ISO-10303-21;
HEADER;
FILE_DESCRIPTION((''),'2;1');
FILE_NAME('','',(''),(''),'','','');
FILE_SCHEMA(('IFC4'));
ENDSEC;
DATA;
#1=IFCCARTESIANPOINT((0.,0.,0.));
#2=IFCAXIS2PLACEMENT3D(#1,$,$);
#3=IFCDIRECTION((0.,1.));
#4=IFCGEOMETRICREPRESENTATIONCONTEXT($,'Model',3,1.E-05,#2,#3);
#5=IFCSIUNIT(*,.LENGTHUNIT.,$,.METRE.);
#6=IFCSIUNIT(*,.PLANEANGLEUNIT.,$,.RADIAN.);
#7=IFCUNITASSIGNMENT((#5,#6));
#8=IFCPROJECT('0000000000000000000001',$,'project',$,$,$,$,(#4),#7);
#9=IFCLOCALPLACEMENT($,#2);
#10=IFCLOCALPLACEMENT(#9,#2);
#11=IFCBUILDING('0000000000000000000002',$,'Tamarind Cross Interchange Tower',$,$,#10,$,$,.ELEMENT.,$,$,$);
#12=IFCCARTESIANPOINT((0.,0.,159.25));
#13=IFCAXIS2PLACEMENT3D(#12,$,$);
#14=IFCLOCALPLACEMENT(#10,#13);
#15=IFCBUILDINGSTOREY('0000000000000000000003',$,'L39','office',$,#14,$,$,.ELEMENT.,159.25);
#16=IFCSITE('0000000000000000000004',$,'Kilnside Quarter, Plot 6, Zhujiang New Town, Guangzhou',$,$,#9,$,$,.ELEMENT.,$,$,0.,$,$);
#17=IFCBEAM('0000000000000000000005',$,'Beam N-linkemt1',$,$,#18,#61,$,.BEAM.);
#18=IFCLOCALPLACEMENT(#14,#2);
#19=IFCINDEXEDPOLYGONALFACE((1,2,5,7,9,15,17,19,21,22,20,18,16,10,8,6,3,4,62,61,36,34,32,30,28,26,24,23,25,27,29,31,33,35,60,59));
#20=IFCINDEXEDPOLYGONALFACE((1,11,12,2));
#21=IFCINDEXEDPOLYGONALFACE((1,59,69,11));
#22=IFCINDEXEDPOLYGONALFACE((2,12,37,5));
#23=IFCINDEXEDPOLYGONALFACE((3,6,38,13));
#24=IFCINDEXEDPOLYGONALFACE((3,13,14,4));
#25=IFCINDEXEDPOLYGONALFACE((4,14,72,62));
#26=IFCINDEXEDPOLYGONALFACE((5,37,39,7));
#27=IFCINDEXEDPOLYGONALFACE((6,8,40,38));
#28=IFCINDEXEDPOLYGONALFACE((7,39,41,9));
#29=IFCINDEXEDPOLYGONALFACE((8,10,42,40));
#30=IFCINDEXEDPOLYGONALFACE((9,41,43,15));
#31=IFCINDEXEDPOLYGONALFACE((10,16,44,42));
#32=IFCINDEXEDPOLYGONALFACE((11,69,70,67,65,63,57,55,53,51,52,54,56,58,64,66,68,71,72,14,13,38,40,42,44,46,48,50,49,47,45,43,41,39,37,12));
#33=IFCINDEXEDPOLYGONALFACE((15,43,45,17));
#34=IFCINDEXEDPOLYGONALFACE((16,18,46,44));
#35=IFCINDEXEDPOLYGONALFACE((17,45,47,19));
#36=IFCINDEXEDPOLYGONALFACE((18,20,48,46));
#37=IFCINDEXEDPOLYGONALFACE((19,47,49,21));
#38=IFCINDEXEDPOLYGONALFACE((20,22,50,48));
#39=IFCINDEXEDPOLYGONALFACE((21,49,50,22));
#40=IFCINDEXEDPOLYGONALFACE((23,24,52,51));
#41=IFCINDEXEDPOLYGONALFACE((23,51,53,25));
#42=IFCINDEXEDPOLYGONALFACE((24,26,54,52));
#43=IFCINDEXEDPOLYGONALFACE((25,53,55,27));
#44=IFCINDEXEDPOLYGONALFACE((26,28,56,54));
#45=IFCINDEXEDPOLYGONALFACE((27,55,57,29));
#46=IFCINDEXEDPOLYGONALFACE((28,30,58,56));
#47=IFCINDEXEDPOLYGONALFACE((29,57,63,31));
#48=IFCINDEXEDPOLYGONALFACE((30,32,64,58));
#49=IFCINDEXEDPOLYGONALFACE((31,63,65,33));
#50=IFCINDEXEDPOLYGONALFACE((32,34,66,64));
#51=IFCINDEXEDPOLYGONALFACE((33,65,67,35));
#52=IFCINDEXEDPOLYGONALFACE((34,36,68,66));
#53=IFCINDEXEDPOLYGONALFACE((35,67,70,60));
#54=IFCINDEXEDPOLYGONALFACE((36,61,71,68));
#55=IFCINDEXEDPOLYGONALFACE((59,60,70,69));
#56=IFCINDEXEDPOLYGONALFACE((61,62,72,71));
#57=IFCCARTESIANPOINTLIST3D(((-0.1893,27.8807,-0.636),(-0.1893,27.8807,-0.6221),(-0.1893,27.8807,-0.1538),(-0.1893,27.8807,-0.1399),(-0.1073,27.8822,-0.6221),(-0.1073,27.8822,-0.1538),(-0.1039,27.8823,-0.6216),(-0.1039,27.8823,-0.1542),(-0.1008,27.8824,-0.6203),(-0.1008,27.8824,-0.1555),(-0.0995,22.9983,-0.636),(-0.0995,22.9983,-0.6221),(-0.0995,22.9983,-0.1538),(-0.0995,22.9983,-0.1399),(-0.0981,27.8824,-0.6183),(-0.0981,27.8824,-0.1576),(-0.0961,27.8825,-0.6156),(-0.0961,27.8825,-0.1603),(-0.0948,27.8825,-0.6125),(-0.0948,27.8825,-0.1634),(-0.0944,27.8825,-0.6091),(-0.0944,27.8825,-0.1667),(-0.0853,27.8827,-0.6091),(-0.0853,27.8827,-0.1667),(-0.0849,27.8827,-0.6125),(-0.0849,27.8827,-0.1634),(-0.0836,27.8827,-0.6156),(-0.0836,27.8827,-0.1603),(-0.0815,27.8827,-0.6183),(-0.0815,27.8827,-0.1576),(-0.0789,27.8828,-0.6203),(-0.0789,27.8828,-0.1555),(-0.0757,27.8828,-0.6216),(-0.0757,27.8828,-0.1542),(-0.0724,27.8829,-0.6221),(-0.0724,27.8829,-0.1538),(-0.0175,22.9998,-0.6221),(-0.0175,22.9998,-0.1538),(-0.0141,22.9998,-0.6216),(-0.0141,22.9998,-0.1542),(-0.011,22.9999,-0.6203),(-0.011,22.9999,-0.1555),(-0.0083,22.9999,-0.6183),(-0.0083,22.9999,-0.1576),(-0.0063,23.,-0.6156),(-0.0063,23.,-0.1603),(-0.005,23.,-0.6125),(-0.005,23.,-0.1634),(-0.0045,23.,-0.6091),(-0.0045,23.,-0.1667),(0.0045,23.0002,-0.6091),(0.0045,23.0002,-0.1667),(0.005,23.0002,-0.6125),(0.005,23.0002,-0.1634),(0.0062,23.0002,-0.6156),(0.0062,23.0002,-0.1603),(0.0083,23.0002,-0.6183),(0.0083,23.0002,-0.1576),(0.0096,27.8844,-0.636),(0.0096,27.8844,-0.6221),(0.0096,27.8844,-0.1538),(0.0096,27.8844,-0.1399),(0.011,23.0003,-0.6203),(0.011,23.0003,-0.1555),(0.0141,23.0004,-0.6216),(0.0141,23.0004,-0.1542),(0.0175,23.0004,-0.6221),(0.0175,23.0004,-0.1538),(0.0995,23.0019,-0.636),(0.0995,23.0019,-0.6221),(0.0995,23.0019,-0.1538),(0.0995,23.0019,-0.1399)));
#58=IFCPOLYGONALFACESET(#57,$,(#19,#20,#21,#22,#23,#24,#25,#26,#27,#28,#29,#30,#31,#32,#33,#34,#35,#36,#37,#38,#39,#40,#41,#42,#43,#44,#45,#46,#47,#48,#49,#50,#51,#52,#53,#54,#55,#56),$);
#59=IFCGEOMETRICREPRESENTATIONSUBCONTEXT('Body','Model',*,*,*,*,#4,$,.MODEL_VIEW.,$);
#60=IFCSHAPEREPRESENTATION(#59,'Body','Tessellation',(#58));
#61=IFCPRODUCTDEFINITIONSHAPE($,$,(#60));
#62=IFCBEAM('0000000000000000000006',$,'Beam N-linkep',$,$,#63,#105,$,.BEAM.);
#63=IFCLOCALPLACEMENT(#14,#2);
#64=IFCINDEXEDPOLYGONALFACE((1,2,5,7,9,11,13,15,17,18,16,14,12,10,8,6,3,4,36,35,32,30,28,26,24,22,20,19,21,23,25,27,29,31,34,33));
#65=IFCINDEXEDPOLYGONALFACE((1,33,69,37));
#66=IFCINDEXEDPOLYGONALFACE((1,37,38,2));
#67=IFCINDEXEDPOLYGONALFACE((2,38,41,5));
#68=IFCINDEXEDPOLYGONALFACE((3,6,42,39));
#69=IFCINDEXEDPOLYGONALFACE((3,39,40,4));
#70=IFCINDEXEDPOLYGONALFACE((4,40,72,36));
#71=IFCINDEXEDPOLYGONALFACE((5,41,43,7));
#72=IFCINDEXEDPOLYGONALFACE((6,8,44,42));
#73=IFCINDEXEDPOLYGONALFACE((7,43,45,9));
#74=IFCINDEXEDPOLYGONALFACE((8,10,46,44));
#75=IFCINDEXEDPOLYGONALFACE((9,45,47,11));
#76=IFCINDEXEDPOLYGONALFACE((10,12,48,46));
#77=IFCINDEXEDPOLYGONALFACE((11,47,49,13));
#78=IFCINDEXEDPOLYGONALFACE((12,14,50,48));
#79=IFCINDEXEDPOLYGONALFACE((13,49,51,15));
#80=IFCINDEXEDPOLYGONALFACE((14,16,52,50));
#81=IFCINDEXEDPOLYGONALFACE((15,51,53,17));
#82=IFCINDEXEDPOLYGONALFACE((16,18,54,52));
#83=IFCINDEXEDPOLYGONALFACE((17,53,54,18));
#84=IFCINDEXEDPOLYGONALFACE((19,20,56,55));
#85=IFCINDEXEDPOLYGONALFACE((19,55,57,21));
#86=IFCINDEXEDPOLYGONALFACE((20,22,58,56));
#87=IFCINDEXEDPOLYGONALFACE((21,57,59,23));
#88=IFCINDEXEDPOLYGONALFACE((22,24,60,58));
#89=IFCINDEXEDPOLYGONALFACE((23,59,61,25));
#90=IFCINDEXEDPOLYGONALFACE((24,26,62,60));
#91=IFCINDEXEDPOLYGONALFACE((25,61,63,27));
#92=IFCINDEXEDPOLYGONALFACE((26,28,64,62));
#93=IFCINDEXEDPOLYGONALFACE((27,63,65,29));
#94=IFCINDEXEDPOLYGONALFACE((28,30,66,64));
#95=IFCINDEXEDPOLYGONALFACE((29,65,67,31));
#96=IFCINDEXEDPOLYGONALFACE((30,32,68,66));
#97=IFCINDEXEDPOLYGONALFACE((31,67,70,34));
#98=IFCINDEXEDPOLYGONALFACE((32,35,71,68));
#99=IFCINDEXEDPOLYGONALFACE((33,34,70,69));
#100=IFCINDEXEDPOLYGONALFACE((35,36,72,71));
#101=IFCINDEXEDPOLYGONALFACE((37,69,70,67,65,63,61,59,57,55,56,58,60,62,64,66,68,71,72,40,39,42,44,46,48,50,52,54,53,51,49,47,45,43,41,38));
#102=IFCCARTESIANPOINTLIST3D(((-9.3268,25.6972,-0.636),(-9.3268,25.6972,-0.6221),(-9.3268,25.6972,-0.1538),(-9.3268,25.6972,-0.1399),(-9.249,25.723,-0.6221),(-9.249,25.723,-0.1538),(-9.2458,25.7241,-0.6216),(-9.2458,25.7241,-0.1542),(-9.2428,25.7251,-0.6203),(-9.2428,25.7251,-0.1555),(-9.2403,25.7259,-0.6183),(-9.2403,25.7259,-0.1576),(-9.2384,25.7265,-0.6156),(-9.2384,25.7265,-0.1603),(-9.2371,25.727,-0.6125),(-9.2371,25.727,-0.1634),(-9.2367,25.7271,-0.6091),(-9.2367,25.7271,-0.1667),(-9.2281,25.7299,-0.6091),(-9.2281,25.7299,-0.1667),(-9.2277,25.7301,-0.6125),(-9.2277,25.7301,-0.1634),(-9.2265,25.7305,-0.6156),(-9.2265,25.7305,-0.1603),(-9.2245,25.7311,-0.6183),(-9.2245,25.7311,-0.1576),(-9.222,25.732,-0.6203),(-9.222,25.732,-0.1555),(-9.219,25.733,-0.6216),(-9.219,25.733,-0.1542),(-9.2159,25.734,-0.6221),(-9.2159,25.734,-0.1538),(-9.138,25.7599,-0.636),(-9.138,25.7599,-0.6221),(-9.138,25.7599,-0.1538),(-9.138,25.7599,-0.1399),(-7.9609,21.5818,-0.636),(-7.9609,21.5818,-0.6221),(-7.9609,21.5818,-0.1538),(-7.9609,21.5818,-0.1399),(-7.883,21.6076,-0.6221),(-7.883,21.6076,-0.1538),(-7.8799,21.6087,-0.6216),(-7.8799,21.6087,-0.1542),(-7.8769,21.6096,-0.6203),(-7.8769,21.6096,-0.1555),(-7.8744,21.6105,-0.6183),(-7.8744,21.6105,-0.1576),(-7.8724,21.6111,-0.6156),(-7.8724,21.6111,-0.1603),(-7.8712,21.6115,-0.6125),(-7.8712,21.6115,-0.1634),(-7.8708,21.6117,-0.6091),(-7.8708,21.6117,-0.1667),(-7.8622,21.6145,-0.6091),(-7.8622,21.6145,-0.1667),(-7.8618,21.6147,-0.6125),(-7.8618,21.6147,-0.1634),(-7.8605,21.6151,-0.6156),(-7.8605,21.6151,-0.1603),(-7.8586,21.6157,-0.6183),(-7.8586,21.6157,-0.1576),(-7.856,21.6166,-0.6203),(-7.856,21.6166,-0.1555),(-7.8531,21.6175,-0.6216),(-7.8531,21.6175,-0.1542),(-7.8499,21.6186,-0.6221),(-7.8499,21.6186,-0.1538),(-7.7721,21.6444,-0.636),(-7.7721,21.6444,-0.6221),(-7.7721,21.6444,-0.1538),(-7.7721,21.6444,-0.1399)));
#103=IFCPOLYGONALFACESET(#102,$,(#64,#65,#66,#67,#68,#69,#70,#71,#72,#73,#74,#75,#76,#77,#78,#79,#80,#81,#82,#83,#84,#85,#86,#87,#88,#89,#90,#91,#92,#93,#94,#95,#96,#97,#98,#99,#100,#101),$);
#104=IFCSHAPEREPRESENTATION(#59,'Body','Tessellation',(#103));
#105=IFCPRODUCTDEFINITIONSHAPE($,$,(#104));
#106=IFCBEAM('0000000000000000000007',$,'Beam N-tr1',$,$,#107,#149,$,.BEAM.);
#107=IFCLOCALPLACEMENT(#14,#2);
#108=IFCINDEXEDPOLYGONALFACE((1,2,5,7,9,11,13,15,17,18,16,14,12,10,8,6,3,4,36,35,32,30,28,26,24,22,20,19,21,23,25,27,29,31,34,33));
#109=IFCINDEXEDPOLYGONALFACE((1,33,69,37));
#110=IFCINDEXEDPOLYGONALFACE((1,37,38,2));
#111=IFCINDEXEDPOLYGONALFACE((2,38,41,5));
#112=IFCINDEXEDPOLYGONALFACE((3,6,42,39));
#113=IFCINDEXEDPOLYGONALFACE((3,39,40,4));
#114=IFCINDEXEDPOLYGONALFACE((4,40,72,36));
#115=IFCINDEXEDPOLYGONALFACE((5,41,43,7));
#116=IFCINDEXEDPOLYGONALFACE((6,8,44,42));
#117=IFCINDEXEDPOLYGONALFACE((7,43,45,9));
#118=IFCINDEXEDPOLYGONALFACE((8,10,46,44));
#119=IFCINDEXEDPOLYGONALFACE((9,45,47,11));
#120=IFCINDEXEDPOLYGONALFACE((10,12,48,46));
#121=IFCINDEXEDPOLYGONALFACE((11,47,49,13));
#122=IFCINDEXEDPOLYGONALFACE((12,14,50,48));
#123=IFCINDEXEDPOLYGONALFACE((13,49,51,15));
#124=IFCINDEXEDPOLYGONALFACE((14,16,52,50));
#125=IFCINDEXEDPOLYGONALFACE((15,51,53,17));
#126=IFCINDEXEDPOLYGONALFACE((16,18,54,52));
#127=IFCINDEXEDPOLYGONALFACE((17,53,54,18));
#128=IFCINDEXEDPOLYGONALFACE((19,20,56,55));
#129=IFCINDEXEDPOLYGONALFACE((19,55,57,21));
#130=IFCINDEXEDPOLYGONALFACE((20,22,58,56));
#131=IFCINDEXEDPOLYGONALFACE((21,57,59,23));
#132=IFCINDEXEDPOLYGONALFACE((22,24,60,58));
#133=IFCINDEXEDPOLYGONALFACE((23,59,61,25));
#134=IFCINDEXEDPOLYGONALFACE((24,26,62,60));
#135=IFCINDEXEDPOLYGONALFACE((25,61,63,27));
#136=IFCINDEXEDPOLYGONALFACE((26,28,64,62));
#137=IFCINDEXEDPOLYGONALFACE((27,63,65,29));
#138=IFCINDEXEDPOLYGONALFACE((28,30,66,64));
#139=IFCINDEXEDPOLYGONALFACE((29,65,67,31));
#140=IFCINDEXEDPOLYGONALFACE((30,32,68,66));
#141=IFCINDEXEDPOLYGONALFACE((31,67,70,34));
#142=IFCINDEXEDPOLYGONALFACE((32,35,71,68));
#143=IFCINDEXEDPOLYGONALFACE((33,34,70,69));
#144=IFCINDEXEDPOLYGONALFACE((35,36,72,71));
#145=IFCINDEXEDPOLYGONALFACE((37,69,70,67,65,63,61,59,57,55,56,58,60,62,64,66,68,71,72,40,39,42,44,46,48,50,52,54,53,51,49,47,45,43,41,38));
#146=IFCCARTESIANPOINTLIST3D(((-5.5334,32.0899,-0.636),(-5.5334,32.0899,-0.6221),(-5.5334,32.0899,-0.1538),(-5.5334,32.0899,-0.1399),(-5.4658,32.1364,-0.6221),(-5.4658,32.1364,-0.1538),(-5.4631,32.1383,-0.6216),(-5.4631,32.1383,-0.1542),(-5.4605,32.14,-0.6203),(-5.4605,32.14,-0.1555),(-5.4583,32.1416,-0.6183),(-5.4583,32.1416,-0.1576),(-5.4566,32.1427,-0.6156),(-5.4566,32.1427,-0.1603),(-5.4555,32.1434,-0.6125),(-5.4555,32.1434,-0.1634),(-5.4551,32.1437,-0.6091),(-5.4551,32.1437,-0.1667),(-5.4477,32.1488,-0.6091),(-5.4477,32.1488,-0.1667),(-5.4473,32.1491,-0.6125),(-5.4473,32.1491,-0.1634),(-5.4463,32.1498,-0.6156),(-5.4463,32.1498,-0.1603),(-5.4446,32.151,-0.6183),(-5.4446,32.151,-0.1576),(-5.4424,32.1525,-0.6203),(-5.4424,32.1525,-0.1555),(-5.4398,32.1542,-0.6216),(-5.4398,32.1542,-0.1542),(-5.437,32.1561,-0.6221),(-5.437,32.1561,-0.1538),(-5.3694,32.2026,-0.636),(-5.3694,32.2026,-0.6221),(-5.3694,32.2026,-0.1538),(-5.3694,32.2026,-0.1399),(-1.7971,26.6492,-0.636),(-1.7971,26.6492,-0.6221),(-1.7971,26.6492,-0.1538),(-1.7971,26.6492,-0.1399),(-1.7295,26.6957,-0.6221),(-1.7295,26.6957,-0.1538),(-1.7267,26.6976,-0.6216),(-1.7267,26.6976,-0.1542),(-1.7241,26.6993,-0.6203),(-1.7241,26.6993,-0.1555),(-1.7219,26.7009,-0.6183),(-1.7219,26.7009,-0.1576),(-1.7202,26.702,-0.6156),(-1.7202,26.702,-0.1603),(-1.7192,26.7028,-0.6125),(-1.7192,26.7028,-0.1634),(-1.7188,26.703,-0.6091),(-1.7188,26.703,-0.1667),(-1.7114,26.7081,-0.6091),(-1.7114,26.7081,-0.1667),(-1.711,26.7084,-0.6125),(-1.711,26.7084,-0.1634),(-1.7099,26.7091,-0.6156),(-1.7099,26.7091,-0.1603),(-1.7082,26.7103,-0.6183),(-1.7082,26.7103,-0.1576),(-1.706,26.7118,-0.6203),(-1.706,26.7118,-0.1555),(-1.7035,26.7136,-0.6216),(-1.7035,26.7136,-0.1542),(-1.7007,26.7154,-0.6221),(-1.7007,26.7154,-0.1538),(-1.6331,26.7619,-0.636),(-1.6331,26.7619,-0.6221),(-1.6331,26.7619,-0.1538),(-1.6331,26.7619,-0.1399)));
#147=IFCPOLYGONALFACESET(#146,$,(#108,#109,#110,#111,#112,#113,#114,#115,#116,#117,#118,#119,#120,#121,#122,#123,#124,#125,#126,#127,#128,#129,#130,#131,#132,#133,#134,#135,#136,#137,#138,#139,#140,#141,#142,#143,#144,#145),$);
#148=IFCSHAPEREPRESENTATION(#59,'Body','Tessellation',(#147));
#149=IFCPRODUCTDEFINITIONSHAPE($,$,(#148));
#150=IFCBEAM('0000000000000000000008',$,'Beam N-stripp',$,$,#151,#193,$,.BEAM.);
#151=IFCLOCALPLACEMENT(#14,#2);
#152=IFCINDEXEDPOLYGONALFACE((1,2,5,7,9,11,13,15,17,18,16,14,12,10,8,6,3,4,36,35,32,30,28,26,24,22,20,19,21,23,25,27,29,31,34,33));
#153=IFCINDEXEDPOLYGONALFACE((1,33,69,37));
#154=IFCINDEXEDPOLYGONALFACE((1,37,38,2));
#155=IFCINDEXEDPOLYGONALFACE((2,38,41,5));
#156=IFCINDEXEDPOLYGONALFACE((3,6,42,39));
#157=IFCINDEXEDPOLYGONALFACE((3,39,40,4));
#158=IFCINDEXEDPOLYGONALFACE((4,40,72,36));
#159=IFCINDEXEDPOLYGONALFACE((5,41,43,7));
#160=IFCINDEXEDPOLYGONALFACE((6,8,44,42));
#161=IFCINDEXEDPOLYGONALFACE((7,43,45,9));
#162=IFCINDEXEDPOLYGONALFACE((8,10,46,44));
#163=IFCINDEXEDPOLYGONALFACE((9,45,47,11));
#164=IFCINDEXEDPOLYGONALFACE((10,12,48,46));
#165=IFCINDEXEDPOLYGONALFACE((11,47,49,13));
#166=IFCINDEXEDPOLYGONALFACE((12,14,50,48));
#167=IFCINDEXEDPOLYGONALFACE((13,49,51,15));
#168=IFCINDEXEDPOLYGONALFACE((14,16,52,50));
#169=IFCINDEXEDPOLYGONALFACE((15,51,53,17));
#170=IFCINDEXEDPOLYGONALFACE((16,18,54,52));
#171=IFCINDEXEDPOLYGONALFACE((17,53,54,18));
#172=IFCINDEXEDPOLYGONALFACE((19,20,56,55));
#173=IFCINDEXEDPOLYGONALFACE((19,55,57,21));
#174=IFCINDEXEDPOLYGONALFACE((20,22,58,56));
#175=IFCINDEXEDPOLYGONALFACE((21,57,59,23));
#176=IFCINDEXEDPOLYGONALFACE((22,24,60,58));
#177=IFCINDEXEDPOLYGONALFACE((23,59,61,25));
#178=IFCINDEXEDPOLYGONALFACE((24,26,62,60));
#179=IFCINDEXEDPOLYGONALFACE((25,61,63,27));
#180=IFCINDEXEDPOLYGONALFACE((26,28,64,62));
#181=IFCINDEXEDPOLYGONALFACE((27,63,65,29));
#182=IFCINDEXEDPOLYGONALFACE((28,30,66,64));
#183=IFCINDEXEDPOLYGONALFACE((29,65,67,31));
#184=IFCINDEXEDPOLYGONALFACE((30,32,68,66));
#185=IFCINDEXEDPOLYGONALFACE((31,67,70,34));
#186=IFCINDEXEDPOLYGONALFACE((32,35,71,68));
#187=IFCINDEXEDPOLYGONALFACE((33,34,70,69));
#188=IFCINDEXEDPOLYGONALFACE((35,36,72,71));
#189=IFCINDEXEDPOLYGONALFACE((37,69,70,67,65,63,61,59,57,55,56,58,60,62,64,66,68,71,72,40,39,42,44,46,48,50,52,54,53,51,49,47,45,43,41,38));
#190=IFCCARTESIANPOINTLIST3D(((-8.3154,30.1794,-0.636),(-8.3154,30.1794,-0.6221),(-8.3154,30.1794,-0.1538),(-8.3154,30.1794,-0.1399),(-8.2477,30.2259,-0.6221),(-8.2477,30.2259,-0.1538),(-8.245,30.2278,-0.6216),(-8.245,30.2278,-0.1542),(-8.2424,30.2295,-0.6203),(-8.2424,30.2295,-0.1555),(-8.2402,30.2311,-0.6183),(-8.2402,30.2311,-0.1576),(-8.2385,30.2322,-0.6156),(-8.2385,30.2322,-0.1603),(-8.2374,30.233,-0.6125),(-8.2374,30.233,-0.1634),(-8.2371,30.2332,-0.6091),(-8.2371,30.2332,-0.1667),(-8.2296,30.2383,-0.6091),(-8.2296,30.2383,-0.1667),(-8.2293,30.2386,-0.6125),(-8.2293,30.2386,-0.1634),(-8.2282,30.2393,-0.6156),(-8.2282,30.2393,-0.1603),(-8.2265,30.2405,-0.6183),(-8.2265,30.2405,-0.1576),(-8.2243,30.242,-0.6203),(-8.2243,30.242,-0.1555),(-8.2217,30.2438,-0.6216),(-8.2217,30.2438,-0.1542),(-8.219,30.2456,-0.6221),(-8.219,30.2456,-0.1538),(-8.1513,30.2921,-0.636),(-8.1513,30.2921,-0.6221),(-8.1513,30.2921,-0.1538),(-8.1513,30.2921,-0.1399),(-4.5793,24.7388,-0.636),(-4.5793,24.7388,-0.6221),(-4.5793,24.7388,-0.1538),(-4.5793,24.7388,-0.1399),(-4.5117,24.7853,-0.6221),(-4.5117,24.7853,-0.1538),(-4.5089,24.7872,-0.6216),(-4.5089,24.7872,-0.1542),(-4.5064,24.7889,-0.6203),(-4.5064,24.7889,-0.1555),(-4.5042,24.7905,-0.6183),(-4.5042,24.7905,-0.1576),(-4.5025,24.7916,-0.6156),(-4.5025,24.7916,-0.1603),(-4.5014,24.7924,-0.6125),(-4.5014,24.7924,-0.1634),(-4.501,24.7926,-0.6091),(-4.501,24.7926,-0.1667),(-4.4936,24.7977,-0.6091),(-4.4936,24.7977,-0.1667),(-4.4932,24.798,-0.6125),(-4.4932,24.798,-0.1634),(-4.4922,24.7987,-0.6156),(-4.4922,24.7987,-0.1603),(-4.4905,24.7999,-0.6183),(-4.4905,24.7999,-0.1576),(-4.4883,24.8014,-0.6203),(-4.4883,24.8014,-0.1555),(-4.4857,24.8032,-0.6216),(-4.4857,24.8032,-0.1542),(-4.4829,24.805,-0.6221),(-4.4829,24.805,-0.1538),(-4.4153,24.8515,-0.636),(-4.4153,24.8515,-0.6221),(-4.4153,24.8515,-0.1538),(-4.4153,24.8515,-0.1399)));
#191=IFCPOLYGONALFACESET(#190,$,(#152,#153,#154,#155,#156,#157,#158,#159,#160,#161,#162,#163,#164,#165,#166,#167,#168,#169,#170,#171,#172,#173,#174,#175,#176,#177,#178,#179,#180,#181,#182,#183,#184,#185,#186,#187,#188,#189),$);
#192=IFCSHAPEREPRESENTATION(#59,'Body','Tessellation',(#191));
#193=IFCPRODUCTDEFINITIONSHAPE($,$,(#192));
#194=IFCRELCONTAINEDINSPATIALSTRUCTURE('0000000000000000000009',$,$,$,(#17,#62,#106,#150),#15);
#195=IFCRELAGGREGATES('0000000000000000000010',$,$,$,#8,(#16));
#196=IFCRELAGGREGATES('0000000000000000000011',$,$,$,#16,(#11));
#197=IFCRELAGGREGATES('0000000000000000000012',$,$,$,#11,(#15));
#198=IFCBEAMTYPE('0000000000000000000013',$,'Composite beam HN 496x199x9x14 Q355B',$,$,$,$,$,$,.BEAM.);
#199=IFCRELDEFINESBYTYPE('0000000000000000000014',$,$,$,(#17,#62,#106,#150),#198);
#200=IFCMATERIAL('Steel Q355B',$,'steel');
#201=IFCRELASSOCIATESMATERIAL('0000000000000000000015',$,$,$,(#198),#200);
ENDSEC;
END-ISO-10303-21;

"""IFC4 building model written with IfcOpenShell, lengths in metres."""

from ifc_helpers import new_model, si_unit, direction, frame, origin, origin_2d, place, context, subcontext, project, spatial, i_section, extrude, material, material_profile, profile_set, type_object, element, save


model = new_model("IFC4")

# Units and contexts
model_context = context("Model", 3, precision=1e-05, world=origin(), true_north=direction((0.0, 1.0)))
body_context = subcontext(model_context, "Body", "Model", "MODEL_VIEW")
ifc_project = project(units=[si_unit("LENGTHUNIT", "METRE"), si_unit("PLANEANGLEUNIT", "RADIAN")], contexts=[model_context])

# Site, building, storey
site_placement = place(None, origin())
site = spatial("IfcSite", under=ifc_project, at=site_placement, Name="Kilnside Quarter, Plot 6, Zhujiang New Town, Guangzhou", CompositionType="ELEMENT", RefElevation=0.0)
building_placement = place(site_placement, origin())
building = spatial("IfcBuilding", under=site, at=building_placement, Name="Tamarind Cross Interchange Tower", CompositionType="ELEMENT")
storey_placement = place(building_placement, frame((0.0, 0.0, 159.25)))
storey = spatial("IfcBuildingStorey", under=building, at=storey_placement, Name="L39", Description="office", CompositionType="ELEMENT", Elevation=159.25)

# Beams
ifc_material_1 = material(Name="Steel Q355B", Category="steel")
ifc_material_profile_1 = material_profile(ifc_material_1, i_section(OverallWidth=0.199, OverallDepth=0.4961, WebThickness=0.009, FlangeThickness=0.0139, FilletRadius=0.0129, at=origin_2d()), Name="HN 496x199x9x14")
ifc_profile_set_1 = profile_set([ifc_material_profile_1], Name="Steel Q355B")
beam_type_1 = type_object("IfcBeamType", Name="Composite beam HN 496x199x9x14 Q355B", PredefinedType="BEAM", material=ifc_profile_set_1)
beam_1_placement = place(storey_placement, frame((-0.0898, 27.8826, -0.3879), z_axis=(0.018398, -0.999831, 0.0), x_axis=(0.999831, 0.018398, 0.0)))
element("IfcBeam", 1, at=beam_1_placement, inside=storey, type_object=beam_type_1, Name="Beam N-linkemt1", PredefinedType="BEAM", context=body_context, shape_type="SweptSolid", body=[
    extrude(i_section(OverallWidth=0.199, OverallDepth=0.4961, WebThickness=0.009, FlangeThickness=0.0139, FilletRadius=0.0129, at=origin_2d()), origin(), (0.0, 0.0, 1.0), 4.8833),
])
beam_2_placement = place(storey_placement, frame((-9.2324, 25.7285, -0.3879), z_axis=(0.315011, -0.949088, 0.0), x_axis=(0.949088, 0.315011, 0.0)))
element("IfcBeam", 2, at=beam_2_placement, inside=storey, type_object=beam_type_1, Name="Beam N-linkep", PredefinedType="BEAM", context=body_context, shape_type="SweptSolid", body=[
    extrude(i_section(OverallWidth=0.199, OverallDepth=0.4961, WebThickness=0.009, FlangeThickness=0.0139, FilletRadius=0.0129, at=origin_2d()), origin(), (0.0, 0.0, 1.0), 4.3362),
])
beam_3_placement = place(storey_placement, frame((-1.7151, 26.7056, -0.3879), z_axis=(-0.566103, 0.824334, 0.0), x_axis=(-0.824334, -0.566103, 0.0)))
element("IfcBeam", 3, at=beam_3_placement, inside=storey, type_object=beam_type_1, Name="Beam N-tr1", PredefinedType="BEAM", context=body_context, shape_type="SweptSolid", body=[
    extrude(i_section(OverallWidth=0.199, OverallDepth=0.4961, WebThickness=0.009, FlangeThickness=0.0139, FilletRadius=0.0129, at=origin_2d()), origin(), (0.0, 0.0, 1.0), 6.6001),
])
beam_4_placement = place(storey_placement, frame((-4.4973, 24.7952, -0.3879), z_axis=(-0.566078, 0.824352, 0.0), x_axis=(-0.824352, -0.566078, 0.0)))
element("IfcBeam", 4, at=beam_4_placement, inside=storey, type_object=beam_type_1, Name="Beam N-stripp", PredefinedType="BEAM", context=body_context, shape_type="SweptSolid", body=[
    extrude(i_section(OverallWidth=0.199, OverallDepth=0.4961, WebThickness=0.009, FlangeThickness=0.0139, FilletRadius=0.0129, at=origin_2d()), origin(), (0.0, 0.0, 1.0), 6.5999),
])

save(model, "model.ifc")
